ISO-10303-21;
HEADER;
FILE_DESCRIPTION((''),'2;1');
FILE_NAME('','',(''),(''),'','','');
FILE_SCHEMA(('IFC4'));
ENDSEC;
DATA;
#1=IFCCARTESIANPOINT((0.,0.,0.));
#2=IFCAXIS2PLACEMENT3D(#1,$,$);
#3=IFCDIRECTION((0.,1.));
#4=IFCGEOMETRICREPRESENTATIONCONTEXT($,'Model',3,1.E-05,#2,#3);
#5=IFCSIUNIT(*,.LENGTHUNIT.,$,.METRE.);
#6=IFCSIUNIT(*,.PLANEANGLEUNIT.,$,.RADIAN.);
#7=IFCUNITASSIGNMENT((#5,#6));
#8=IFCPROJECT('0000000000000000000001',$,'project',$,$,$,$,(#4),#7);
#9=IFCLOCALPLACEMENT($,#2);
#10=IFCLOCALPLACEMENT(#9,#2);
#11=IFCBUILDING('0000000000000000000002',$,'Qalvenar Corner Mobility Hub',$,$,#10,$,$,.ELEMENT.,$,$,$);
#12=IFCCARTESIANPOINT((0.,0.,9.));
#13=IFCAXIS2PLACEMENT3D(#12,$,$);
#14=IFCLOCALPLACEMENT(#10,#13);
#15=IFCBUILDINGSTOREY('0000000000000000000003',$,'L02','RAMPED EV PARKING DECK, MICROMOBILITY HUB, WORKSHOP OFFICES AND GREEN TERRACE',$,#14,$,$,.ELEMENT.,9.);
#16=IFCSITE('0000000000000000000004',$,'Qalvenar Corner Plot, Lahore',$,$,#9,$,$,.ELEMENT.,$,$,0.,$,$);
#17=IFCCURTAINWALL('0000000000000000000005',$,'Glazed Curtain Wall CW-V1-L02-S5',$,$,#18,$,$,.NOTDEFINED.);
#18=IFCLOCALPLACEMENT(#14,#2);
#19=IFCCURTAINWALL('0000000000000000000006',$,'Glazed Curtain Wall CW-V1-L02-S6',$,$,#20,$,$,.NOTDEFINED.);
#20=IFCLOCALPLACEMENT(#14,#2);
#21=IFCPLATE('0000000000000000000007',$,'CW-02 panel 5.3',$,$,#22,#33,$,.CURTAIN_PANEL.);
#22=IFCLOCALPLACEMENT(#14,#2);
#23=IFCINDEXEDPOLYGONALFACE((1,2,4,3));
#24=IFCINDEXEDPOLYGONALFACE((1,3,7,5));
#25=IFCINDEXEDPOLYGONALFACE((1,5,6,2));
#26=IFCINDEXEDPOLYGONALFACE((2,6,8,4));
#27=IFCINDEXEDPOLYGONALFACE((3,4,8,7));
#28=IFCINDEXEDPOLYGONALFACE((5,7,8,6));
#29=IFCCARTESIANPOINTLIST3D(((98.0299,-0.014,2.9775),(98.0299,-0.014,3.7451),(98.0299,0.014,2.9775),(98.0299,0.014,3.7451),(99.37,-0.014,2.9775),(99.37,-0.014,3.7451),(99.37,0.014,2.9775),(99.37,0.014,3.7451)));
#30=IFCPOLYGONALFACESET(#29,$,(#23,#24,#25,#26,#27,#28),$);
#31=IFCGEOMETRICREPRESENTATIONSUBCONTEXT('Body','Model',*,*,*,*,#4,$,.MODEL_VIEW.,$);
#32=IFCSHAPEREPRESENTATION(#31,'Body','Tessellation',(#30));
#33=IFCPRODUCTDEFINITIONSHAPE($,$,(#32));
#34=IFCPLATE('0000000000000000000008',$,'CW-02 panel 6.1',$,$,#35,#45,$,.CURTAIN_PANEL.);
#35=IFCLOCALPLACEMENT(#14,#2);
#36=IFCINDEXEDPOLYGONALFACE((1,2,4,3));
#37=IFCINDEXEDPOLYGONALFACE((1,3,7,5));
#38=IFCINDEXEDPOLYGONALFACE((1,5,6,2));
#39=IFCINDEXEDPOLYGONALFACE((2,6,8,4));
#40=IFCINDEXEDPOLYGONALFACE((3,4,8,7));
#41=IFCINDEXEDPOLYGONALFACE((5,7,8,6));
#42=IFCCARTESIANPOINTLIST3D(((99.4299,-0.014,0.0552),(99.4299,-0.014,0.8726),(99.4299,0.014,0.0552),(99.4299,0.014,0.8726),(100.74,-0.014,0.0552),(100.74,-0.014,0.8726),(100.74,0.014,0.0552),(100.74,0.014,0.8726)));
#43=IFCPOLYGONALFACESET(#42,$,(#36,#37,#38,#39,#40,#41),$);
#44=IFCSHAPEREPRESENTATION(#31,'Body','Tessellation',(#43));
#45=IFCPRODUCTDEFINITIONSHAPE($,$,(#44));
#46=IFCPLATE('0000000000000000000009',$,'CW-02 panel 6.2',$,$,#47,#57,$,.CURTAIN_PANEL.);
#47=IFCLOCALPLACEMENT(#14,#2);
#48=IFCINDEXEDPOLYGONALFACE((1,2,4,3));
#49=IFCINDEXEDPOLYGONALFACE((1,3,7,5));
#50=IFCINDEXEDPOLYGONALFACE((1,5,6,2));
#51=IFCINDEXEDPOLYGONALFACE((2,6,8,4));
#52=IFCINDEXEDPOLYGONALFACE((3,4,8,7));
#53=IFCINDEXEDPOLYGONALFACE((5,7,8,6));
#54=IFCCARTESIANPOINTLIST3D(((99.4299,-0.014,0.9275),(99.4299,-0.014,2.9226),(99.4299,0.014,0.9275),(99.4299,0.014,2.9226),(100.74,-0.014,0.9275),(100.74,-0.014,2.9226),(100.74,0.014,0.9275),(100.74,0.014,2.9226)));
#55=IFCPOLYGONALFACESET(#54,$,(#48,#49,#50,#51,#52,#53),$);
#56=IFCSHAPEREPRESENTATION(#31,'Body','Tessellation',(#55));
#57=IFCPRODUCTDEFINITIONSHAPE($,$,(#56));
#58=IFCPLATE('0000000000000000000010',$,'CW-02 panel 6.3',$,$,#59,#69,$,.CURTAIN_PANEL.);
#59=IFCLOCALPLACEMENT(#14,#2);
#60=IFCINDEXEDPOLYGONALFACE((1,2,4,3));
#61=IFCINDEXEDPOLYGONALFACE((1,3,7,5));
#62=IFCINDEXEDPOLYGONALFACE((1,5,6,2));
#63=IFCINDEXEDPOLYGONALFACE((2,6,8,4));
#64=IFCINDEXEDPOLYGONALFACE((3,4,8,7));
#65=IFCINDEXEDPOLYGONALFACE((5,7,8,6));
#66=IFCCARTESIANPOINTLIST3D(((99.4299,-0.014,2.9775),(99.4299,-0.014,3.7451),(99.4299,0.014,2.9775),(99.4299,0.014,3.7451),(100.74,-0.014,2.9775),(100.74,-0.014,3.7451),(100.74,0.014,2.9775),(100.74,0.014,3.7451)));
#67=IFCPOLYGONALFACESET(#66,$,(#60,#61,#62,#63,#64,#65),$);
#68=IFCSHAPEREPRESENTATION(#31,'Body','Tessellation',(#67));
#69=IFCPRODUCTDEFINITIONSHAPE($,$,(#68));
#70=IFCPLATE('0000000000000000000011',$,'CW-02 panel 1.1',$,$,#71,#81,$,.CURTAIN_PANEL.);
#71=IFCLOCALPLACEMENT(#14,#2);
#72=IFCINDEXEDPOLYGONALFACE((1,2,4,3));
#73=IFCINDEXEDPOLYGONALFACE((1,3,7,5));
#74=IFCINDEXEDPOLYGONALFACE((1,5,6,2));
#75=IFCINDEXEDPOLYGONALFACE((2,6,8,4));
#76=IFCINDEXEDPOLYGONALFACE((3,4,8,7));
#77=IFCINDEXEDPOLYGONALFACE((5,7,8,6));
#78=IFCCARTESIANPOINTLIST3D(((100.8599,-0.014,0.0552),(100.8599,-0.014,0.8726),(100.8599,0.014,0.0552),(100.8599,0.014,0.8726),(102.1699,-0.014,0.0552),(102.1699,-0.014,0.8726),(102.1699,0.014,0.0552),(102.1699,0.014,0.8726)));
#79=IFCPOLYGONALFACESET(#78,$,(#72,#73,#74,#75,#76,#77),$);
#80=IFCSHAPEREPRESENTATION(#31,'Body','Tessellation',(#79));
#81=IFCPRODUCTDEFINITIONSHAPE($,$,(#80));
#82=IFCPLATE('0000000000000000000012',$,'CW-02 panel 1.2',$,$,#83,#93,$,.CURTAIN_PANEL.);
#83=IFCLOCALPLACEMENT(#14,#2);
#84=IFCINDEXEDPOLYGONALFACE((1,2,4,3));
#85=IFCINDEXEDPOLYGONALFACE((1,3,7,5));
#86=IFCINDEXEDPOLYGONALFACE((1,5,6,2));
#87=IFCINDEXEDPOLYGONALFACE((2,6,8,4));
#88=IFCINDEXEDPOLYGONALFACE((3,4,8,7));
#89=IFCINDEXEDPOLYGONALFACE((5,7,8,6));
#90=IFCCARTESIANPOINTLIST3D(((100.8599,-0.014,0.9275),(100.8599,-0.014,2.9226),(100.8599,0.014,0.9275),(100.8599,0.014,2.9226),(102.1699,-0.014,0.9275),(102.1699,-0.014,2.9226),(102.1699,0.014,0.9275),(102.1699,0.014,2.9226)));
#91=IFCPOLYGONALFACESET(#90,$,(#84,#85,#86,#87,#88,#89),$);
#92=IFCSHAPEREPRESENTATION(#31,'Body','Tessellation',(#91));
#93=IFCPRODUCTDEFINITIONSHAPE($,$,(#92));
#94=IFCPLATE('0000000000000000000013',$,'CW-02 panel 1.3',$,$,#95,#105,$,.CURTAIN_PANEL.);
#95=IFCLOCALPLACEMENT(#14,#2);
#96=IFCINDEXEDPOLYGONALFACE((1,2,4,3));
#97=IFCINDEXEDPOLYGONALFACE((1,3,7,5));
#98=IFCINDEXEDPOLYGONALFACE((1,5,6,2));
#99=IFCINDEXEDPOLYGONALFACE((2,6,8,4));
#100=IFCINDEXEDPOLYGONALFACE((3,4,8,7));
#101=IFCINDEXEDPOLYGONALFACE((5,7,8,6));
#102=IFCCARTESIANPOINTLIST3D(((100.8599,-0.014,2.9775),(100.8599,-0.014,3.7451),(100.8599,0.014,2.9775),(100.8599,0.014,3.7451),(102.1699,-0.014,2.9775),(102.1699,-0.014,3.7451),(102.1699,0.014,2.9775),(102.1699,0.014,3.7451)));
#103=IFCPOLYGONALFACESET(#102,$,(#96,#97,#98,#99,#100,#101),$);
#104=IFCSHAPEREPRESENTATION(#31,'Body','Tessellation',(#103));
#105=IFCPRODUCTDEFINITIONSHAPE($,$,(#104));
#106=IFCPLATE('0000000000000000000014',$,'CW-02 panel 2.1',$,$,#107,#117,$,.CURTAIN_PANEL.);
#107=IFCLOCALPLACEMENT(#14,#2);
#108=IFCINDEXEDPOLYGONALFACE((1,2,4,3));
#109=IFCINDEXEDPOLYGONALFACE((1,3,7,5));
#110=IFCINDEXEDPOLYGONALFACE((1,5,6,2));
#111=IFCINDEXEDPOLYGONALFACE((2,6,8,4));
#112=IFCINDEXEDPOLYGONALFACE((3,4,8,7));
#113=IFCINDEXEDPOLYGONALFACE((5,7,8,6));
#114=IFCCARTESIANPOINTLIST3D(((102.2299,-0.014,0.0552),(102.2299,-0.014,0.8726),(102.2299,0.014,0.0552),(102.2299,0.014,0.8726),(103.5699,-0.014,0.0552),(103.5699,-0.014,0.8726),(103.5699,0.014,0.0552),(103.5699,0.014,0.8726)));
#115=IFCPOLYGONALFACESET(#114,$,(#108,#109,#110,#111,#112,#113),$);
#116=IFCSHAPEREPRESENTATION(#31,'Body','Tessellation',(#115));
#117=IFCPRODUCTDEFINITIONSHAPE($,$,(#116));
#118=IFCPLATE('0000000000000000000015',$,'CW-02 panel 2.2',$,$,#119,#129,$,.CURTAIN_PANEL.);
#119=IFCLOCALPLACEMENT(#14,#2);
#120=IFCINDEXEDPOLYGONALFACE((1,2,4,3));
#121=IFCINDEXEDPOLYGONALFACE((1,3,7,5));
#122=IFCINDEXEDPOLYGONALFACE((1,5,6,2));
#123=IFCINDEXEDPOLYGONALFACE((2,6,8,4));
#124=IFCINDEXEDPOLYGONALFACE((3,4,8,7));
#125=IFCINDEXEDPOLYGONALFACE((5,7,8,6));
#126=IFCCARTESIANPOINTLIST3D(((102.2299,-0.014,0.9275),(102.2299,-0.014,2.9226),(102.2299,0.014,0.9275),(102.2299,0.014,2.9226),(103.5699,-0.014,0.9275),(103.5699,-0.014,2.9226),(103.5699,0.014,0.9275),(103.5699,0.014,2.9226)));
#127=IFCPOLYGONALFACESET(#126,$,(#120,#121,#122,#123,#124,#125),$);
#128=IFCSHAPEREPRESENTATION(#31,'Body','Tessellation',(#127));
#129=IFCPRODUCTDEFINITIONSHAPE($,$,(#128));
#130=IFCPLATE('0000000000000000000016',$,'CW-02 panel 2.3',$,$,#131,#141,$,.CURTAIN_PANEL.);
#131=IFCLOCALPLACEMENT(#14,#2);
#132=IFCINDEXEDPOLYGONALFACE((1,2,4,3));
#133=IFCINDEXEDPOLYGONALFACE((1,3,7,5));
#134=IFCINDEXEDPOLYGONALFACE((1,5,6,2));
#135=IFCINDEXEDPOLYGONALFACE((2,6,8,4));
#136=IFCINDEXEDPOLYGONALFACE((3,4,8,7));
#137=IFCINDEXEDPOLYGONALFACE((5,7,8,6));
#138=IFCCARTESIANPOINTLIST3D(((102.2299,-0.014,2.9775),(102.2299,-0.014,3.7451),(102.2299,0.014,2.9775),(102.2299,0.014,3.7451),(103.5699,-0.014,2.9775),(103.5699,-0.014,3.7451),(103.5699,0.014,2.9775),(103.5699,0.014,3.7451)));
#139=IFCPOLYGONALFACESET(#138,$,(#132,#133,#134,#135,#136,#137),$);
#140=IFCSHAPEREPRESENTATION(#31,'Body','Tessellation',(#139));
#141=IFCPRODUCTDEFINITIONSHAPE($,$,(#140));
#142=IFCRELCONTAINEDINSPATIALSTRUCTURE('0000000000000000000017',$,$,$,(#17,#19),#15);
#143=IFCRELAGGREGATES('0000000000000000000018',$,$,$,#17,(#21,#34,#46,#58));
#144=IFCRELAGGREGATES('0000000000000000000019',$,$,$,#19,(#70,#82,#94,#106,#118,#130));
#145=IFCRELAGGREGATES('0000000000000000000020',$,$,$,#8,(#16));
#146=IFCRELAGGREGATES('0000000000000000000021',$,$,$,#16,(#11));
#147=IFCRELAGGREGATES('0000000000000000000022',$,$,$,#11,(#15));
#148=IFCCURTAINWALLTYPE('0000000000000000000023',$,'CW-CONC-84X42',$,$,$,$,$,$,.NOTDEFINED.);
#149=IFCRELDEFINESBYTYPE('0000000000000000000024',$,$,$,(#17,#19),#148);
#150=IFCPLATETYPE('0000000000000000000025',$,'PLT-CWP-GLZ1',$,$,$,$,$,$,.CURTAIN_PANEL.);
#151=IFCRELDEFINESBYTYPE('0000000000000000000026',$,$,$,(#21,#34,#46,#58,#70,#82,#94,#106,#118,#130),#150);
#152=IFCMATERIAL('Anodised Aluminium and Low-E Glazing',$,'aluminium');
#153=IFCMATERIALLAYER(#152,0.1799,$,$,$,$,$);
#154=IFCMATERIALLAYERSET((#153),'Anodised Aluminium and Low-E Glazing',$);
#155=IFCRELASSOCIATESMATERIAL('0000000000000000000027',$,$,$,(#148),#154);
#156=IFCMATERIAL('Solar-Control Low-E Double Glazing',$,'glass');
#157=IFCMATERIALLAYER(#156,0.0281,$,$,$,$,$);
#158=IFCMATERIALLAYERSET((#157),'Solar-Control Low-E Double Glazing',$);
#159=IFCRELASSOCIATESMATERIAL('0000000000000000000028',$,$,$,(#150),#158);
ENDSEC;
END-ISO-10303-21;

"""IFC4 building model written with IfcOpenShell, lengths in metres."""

from ifc_helpers import new_model, si_unit, direction, frame, origin, origin_2d, place, context, subcontext, project, spatial, rectangle, extrude, material, layer, layer_set, type_object, element, aggregate, save


model = new_model("IFC4")

# Units and contexts
model_context = context("Model", 3, precision=1e-05, world=origin(), true_north=direction((0.0, 1.0)))
body_context = subcontext(model_context, "Body", "Model", "MODEL_VIEW")
ifc_project = project(units=[si_unit("LENGTHUNIT", "METRE"), si_unit("PLANEANGLEUNIT", "RADIAN")], contexts=[model_context])

# Site, building, storey
site_placement = place(None, origin())
site = spatial("IfcSite", under=ifc_project, at=site_placement, Name="Qalvenar Corner Plot, Lahore", CompositionType="ELEMENT", RefElevation=0.0)
building_placement = place(site_placement, origin())
building = spatial("IfcBuilding", under=site, at=building_placement, Name="Qalvenar Corner Mobility Hub", CompositionType="ELEMENT")
storey_placement = place(building_placement, frame((0.0, 0.0, 9.0)))
storey = spatial("IfcBuildingStorey", under=building, at=storey_placement, Name="L02", Description="RAMPED EV PARKING DECK, MICROMOBILITY HUB, WORKSHOP OFFICES AND GREEN TERRACE", CompositionType="ELEMENT", Elevation=9.0)

# Curtain walls
ifc_material_1 = material(Name="Anodised Aluminium and Low-E Glazing", Category="aluminium")
ifc_layer_1 = layer(ifc_material_1, 0.1799)
ifc_layer_set_1 = layer_set([ifc_layer_1], Name="Anodised Aluminium and Low-E Glazing")
curtain_wall_type = type_object("IfcCurtainWallType", Name="CW-CONC-84X42", PredefinedType="NOTDEFINED", material=ifc_layer_set_1)
curtain_wall_1_placement = place(storey_placement, origin())
curtain_wall_1 = element("IfcCurtainWall", 1, at=curtain_wall_1_placement, inside=storey, type_object=curtain_wall_type, Name="Glazed Curtain Wall CW-V1-L02-S5", PredefinedType="NOTDEFINED")
curtain_wall_2_placement = place(storey_placement, origin())
curtain_wall_2 = element("IfcCurtainWall", 2, at=curtain_wall_2_placement, inside=storey, type_object=curtain_wall_type, Name="Glazed Curtain Wall CW-V1-L02-S6", PredefinedType="NOTDEFINED")

# Plates
ifc_material_2 = material(Name="Solar-Control Low-E Double Glazing", Category="glass")
ifc_layer_2 = layer(ifc_material_2, 0.0281)
ifc_layer_set_2 = layer_set([ifc_layer_2], Name="Solar-Control Low-E Double Glazing")
plate_type = type_object("IfcPlateType", Name="PLT-CWP-GLZ1", PredefinedType="CURTAIN_PANEL", material=ifc_layer_set_2)
plate_1_placement = place(storey_placement, frame((98.7, 0.0, 2.9775), z_axis=(0.0, 0.0, 1.0), x_axis=(1.0, 0.0, 0.0)))
plate_1 = element("IfcPlate", 3, at=plate_1_placement, type_object=plate_type, Name="CW-02 panel 5.3", PredefinedType="CURTAIN_PANEL", context=body_context, shape_type="SweptSolid", body=[
    extrude(rectangle(XDim=1.3401, YDim=0.0281, at=origin_2d()), origin(), (0.0, 0.0, 1.0), 0.7676),
])
plate_2_placement = place(storey_placement, frame((100.085, 0.0, 0.0552), z_axis=(0.0, 0.0, 1.0), x_axis=(1.0, 0.0, 0.0)))
plate_2 = element("IfcPlate", 4, at=plate_2_placement, type_object=plate_type, Name="CW-02 panel 6.1", PredefinedType="CURTAIN_PANEL", context=body_context, shape_type="SweptSolid", body=[
    extrude(rectangle(XDim=1.3101, YDim=0.0281, at=origin_2d()), origin(), (0.0, 0.0, 1.0), 0.8174),
])
plate_3_placement = place(storey_placement, frame((100.085, 0.0, 0.9275), z_axis=(0.0, 0.0, 1.0), x_axis=(1.0, 0.0, 0.0)))
plate_3 = element("IfcPlate", 5, at=plate_3_placement, type_object=plate_type, Name="CW-02 panel 6.2", PredefinedType="CURTAIN_PANEL", context=body_context, shape_type="SweptSolid", body=[
    extrude(rectangle(XDim=1.3101, YDim=0.0281, at=origin_2d()), origin(), (0.0, 0.0, 1.0), 1.9951),
])
plate_4_placement = place(storey_placement, frame((100.085, 0.0, 2.9775), z_axis=(0.0, 0.0, 1.0), x_axis=(1.0, 0.0, 0.0)))
plate_4 = element("IfcPlate", 6, at=plate_4_placement, type_object=plate_type, Name="CW-02 panel 6.3", PredefinedType="CURTAIN_PANEL", context=body_context, shape_type="SweptSolid", body=[
    extrude(rectangle(XDim=1.3101, YDim=0.0281, at=origin_2d()), origin(), (0.0, 0.0, 1.0), 0.7676),
])
aggregate(curtain_wall_1, [plate_1, plate_2, plate_3, plate_4])
plate_5_placement = place(storey_placement, frame((101.5149, 0.0, 0.0552), z_axis=(0.0, 0.0, 1.0), x_axis=(1.0, 0.0, 0.0)))
plate_5 = element("IfcPlate", 7, at=plate_5_placement, type_object=plate_type, Name="CW-02 panel 1.1", PredefinedType="CURTAIN_PANEL", context=body_context, shape_type="SweptSolid", body=[
    extrude(rectangle(XDim=1.3101, YDim=0.0281, at=origin_2d()), origin(), (0.0, 0.0, 1.0), 0.8174),
])
plate_6_placement = place(storey_placement, frame((101.5149, 0.0, 0.9275), z_axis=(0.0, 0.0, 1.0), x_axis=(1.0, 0.0, 0.0)))
plate_6 = element("IfcPlate", 8, at=plate_6_placement, type_object=plate_type, Name="CW-02 panel 1.2", PredefinedType="CURTAIN_PANEL", context=body_context, shape_type="SweptSolid", body=[
    extrude(rectangle(XDim=1.3101, YDim=0.0281, at=origin_2d()), origin(), (0.0, 0.0, 1.0), 1.9951),
])
plate_7_placement = place(storey_placement, frame((101.5149, 0.0, 2.9775), z_axis=(0.0, 0.0, 1.0), x_axis=(1.0, 0.0, 0.0)))
plate_7 = element("IfcPlate", 9, at=plate_7_placement, type_object=plate_type, Name="CW-02 panel 1.3", PredefinedType="CURTAIN_PANEL", context=body_context, shape_type="SweptSolid", body=[
    extrude(rectangle(XDim=1.3101, YDim=0.0281, at=origin_2d()), origin(), (0.0, 0.0, 1.0), 0.7676),
])
plate_8_placement = place(storey_placement, frame((102.8999, 0.0, 0.0552), z_axis=(0.0, 0.0, 1.0), x_axis=(1.0, 0.0, 0.0)))
plate_8 = element("IfcPlate", 10, at=plate_8_placement, type_object=plate_type, Name="CW-02 panel 2.1", PredefinedType="CURTAIN_PANEL", context=body_context, shape_type="SweptSolid", body=[
    extrude(rectangle(XDim=1.3401, YDim=0.0281, at=origin_2d()), origin(), (0.0, 0.0, 1.0), 0.8174),
])
plate_9_placement = place(storey_placement, frame((102.8999, 0.0, 0.9275), z_axis=(0.0, 0.0, 1.0), x_axis=(1.0, 0.0, 0.0)))
plate_9 = element("IfcPlate", 11, at=plate_9_placement, type_object=plate_type, Name="CW-02 panel 2.2", PredefinedType="CURTAIN_PANEL", context=body_context, shape_type="SweptSolid", body=[
    extrude(rectangle(XDim=1.3401, YDim=0.0281, at=origin_2d()), origin(), (0.0, 0.0, 1.0), 1.9951),
])
plate_10_placement = place(storey_placement, frame((102.8999, 0.0, 2.9775), z_axis=(0.0, 0.0, 1.0), x_axis=(1.0, 0.0, 0.0)))
plate_10 = element("IfcPlate", 12, at=plate_10_placement, type_object=plate_type, Name="CW-02 panel 2.3", PredefinedType="CURTAIN_PANEL", context=body_context, shape_type="SweptSolid", body=[
    extrude(rectangle(XDim=1.3401, YDim=0.0281, at=origin_2d()), origin(), (0.0, 0.0, 1.0), 0.7676),
])
aggregate(curtain_wall_2, [plate_5, plate_6, plate_7, plate_8, plate_9, plate_10])

save(model, "model.ifc")
